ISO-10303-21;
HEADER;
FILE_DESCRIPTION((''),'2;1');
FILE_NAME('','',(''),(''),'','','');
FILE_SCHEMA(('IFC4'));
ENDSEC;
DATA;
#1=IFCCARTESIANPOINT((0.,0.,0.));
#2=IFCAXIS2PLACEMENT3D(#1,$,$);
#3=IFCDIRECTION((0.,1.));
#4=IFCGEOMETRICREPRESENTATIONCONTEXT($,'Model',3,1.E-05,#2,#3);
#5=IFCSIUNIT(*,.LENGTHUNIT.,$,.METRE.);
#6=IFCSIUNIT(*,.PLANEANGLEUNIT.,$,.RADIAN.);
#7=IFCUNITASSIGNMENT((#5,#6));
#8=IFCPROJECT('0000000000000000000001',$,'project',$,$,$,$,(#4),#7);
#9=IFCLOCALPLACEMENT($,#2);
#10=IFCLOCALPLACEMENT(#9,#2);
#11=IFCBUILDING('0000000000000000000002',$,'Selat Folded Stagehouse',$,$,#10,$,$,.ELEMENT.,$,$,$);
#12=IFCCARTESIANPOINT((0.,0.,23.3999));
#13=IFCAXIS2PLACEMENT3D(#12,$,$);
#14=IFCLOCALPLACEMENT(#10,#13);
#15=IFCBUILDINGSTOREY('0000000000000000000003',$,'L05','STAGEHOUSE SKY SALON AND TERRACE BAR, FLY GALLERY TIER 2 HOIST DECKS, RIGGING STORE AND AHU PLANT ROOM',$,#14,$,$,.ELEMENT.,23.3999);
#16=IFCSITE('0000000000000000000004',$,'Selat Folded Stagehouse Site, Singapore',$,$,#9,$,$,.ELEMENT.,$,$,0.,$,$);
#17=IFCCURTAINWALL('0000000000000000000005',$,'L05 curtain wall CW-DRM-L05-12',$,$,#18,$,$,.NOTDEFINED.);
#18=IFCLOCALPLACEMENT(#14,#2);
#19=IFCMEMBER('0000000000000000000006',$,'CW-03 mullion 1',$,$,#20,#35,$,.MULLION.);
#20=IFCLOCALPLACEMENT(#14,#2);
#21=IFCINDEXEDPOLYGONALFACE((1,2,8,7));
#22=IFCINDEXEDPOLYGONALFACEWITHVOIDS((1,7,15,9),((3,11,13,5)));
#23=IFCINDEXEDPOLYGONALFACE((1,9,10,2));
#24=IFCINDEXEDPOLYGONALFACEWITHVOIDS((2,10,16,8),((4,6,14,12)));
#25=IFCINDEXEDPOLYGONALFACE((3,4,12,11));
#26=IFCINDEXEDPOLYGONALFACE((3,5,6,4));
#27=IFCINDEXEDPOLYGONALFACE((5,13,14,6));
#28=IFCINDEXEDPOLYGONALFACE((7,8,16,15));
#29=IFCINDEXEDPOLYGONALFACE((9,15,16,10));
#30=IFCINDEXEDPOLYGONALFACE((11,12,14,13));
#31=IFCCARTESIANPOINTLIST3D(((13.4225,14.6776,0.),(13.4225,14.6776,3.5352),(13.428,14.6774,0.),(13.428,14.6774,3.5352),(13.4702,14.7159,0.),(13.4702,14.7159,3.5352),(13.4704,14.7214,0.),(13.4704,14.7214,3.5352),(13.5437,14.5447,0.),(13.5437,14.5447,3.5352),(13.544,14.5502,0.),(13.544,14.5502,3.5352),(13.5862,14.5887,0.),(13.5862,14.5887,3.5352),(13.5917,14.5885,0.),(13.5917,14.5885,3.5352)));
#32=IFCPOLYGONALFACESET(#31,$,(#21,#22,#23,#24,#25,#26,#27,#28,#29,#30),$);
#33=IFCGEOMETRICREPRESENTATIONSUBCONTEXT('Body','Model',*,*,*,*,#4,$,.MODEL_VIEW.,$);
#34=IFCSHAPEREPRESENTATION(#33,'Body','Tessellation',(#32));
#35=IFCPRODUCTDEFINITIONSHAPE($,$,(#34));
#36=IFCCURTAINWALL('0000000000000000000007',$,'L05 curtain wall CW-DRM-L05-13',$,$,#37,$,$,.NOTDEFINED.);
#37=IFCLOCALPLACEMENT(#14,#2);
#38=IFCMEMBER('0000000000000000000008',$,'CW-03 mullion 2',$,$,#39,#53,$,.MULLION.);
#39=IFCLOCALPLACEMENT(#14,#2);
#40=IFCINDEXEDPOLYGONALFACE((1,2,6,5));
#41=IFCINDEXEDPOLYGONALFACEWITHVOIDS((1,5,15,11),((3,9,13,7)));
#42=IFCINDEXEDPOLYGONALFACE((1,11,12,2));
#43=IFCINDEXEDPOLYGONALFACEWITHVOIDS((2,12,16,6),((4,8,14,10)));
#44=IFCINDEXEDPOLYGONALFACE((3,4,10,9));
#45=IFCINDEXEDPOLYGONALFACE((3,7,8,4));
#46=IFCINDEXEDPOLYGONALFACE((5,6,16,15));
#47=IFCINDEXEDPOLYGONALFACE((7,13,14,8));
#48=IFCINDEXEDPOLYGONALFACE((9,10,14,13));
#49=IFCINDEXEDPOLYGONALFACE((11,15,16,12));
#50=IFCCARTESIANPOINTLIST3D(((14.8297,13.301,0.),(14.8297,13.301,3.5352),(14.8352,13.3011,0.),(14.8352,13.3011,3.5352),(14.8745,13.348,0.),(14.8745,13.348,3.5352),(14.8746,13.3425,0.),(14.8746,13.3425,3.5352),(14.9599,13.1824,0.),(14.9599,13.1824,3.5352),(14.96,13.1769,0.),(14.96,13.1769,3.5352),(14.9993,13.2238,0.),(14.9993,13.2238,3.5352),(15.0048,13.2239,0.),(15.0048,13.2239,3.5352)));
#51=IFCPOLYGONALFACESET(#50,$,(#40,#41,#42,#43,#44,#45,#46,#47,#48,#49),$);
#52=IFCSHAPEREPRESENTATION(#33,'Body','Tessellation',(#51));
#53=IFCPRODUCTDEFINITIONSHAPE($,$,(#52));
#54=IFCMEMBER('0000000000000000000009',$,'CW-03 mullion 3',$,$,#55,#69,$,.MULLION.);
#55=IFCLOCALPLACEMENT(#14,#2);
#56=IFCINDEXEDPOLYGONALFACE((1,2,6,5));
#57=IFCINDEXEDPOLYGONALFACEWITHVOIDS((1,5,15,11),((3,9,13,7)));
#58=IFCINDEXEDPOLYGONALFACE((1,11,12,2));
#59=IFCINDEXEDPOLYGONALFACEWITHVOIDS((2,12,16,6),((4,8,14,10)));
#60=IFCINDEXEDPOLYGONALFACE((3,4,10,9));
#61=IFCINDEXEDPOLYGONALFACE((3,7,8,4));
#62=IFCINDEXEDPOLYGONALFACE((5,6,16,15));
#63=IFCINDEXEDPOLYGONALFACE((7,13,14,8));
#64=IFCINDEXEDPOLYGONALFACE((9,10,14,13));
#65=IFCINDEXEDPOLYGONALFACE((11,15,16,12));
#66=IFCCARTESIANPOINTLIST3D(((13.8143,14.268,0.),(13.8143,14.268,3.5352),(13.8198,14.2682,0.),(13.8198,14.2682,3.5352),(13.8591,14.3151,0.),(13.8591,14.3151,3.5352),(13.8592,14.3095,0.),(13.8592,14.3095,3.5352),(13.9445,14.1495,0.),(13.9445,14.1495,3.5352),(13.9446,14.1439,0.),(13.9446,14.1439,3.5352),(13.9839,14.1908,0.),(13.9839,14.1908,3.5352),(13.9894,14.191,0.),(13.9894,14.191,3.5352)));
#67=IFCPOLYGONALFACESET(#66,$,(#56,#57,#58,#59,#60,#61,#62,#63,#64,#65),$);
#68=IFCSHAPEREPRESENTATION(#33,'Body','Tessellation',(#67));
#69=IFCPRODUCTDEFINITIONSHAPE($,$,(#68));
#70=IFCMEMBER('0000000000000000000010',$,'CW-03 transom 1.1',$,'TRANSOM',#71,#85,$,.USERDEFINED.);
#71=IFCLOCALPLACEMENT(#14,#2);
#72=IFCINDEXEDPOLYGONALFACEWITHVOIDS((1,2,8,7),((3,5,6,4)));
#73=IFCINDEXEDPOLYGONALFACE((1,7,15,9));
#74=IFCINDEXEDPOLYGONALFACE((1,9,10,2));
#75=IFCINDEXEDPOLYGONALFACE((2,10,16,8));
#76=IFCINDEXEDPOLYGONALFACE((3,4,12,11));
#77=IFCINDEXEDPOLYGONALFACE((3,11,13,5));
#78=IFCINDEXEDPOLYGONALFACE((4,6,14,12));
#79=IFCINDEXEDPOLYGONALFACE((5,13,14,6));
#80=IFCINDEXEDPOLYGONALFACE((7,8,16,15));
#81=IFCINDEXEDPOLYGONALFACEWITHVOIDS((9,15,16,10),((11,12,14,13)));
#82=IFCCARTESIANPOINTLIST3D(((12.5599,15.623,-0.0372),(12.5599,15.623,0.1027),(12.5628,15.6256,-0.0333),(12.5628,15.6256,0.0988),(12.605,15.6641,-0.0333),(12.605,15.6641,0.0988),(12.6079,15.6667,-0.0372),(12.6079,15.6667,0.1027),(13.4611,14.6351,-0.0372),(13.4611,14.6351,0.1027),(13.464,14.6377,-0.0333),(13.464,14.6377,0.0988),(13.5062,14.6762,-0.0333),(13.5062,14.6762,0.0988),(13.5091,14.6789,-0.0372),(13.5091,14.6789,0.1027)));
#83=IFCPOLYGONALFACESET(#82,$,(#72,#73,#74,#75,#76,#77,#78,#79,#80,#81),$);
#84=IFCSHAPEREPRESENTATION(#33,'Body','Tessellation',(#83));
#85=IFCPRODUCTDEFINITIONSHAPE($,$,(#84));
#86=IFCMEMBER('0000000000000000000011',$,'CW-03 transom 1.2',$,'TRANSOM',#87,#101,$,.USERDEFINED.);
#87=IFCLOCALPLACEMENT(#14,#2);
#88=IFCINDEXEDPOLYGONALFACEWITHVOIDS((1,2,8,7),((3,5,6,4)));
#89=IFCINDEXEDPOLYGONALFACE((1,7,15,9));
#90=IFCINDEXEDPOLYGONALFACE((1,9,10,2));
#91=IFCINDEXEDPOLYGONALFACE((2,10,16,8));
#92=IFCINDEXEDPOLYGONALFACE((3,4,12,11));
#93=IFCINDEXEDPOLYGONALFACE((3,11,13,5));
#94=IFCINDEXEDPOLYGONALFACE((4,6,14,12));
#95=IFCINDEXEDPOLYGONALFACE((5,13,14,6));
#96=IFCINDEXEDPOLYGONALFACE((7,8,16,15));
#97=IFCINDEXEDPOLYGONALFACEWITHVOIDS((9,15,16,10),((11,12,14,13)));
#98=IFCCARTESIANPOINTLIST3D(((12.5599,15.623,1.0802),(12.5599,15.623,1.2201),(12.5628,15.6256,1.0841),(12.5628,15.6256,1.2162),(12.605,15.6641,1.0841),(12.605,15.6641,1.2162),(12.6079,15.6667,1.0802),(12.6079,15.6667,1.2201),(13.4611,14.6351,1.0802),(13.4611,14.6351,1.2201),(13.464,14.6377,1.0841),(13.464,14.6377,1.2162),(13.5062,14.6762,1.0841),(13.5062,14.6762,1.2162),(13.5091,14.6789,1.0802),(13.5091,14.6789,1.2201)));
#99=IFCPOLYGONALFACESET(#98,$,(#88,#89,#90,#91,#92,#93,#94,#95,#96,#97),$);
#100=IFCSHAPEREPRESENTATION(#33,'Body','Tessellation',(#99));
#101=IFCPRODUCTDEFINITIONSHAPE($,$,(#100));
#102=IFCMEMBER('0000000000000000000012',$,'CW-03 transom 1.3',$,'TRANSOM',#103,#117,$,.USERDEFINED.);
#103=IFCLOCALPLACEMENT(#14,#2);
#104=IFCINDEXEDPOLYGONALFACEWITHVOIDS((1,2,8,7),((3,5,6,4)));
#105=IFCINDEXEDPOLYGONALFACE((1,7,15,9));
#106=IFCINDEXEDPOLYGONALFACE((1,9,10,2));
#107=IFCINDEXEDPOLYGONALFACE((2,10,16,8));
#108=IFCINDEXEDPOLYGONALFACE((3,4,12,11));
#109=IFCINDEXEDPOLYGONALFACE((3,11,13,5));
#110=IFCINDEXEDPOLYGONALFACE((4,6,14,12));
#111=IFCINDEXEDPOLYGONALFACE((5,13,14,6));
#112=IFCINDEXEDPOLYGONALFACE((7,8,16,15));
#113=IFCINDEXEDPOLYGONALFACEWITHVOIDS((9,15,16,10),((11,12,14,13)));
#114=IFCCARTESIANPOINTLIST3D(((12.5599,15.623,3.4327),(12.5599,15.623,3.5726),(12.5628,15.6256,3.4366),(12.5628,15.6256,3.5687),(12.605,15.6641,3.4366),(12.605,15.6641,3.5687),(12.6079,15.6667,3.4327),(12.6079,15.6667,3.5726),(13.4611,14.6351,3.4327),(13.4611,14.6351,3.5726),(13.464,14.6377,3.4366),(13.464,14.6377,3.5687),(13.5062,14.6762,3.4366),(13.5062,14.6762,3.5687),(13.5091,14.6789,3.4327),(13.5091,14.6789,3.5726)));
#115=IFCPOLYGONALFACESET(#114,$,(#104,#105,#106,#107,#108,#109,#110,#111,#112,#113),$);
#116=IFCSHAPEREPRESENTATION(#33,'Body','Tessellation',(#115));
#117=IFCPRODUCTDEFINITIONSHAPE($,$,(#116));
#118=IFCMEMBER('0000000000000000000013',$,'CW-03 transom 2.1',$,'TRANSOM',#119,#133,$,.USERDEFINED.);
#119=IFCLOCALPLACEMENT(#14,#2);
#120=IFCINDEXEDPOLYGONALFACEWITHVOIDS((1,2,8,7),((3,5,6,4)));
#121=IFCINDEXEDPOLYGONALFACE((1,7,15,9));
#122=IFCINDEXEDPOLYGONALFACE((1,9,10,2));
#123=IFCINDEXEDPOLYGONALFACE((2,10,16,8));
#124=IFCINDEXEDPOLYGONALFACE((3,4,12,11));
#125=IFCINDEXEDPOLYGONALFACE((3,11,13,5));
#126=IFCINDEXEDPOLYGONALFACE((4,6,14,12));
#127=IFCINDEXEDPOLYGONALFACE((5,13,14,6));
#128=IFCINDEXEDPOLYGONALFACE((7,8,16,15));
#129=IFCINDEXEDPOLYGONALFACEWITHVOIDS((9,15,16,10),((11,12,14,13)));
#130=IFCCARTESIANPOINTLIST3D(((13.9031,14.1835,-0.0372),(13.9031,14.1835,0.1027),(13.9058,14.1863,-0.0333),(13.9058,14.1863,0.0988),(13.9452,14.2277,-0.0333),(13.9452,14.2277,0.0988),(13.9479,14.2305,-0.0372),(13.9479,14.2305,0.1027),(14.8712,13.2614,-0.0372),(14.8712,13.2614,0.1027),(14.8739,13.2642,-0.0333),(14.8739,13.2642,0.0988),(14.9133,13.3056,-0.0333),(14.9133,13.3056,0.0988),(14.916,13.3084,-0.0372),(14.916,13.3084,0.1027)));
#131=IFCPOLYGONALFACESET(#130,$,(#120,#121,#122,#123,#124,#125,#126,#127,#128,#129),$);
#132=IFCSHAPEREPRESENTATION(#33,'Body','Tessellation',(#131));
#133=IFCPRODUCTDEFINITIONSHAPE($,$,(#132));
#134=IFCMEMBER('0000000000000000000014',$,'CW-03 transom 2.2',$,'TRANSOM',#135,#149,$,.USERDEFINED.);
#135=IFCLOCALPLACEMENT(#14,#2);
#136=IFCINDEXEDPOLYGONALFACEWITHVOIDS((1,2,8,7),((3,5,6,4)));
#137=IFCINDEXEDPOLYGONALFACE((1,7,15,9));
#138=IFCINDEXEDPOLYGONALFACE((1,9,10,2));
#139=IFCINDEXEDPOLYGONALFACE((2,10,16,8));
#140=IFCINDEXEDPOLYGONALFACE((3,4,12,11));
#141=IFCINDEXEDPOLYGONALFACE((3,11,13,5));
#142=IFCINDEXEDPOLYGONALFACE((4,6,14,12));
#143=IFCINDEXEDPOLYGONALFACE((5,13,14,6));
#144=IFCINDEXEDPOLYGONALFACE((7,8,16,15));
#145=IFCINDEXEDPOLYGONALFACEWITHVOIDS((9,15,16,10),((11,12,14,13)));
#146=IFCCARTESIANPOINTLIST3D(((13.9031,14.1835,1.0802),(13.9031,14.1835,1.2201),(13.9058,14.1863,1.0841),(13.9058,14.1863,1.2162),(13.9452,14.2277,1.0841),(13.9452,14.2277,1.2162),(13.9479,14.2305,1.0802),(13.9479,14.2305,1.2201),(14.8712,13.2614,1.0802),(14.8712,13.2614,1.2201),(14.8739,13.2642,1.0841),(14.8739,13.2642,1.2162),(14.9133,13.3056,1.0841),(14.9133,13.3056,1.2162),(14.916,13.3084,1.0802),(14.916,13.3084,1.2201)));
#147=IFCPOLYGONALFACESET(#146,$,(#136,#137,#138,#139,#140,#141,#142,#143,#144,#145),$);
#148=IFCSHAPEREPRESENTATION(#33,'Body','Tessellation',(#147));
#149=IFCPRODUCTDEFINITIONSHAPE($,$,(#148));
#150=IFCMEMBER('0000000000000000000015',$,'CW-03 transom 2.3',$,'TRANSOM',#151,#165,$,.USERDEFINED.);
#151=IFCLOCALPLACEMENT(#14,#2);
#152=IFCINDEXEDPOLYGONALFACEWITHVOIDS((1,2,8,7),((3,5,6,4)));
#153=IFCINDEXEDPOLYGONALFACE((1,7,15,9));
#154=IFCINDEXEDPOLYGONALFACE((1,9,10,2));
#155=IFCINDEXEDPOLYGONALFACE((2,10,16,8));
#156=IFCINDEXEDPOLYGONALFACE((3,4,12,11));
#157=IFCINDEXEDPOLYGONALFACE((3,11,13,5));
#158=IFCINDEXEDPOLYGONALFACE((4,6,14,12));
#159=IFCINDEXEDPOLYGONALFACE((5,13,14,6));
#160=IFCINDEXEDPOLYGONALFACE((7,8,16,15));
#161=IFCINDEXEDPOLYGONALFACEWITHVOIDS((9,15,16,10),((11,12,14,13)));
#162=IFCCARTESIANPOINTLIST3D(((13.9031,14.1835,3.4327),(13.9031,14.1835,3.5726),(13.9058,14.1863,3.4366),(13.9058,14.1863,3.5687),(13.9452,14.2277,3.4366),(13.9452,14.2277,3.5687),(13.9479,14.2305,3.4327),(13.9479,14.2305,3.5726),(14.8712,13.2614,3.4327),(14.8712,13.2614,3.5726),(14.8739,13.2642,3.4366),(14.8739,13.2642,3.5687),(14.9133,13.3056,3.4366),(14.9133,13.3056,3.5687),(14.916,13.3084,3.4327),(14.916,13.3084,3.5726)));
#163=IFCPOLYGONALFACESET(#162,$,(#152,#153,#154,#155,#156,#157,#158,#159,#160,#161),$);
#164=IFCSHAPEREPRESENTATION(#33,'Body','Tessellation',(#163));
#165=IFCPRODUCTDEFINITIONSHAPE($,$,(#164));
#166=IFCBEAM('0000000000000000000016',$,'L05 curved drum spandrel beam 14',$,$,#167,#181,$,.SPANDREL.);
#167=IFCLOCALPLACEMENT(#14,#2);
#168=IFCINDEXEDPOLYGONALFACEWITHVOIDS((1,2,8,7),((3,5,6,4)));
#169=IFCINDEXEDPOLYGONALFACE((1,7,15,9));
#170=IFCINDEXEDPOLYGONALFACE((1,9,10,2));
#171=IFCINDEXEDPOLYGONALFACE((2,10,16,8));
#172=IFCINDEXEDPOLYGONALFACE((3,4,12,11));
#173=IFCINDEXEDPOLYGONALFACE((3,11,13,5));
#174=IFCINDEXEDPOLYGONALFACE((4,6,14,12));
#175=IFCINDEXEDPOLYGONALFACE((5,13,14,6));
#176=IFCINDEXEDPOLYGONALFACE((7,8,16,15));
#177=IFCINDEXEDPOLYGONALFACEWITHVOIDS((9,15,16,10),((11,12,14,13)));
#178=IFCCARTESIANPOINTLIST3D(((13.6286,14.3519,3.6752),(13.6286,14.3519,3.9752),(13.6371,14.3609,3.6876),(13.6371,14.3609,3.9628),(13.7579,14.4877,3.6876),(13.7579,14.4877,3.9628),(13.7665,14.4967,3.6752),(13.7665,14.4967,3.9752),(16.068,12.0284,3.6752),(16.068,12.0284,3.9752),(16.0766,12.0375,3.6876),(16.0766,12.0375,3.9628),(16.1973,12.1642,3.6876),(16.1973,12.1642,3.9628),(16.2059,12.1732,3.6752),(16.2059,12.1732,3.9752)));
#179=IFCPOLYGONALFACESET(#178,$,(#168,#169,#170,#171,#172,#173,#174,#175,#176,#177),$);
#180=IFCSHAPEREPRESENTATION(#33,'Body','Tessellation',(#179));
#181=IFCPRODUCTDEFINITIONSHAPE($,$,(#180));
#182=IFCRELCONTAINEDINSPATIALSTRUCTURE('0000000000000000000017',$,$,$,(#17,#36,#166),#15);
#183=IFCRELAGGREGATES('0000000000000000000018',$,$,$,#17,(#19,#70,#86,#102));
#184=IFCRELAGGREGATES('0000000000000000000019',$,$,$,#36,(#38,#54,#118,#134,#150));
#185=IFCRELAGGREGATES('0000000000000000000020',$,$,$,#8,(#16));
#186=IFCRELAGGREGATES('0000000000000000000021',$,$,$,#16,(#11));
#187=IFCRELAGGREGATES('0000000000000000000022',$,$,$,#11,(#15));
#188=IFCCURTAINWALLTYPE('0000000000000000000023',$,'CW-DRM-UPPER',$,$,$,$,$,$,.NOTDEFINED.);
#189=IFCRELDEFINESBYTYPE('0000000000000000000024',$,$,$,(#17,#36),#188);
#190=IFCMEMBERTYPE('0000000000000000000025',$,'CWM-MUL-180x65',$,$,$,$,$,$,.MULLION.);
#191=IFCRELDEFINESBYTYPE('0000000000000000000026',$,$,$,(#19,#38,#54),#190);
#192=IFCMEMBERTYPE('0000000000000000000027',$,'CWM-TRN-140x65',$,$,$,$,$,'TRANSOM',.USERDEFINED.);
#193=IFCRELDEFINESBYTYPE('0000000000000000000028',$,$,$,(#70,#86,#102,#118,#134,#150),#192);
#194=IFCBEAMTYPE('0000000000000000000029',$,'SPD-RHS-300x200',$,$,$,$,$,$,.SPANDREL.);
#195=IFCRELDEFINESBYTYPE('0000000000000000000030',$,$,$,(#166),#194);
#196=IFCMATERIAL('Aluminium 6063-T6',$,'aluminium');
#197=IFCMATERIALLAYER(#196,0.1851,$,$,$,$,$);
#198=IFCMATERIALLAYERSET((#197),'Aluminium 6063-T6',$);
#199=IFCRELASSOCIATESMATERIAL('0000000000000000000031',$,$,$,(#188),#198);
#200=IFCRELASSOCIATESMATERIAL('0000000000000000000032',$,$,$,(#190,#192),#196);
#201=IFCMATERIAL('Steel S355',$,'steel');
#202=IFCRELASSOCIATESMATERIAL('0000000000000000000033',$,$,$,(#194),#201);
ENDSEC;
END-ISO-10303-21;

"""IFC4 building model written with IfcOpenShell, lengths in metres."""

from ifc_helpers import new_model, si_unit, direction, frame, origin, origin_2d, place, context, subcontext, project, spatial, hollow_rectangle, extrude, material, layer, layer_set, material_profile, profile_set, type_object, element, aggregate, save


model = new_model("IFC4")

# Units and contexts
model_context = context("Model", 3, precision=1e-05, world=origin(), true_north=direction((0.0, 1.0)))
body_context = subcontext(model_context, "Body", "Model", "MODEL_VIEW")
ifc_project = project(units=[si_unit("LENGTHUNIT", "METRE"), si_unit("PLANEANGLEUNIT", "RADIAN")], contexts=[model_context])

# Site, building, storey
site_placement = place(None, origin())
site = spatial("IfcSite", under=ifc_project, at=site_placement, Name="Selat Folded Stagehouse Site, Singapore", CompositionType="ELEMENT", RefElevation=0.0)
building_placement = place(site_placement, origin())
building = spatial("IfcBuilding", under=site, at=building_placement, Name="Selat Folded Stagehouse", CompositionType="ELEMENT")
storey_placement = place(building_placement, frame((0.0, 0.0, 23.3999)))
storey = spatial("IfcBuildingStorey", under=building, at=storey_placement, Name="L05", Description="STAGEHOUSE SKY SALON AND TERRACE BAR, FLY GALLERY TIER 2 HOIST DECKS, RIGGING STORE AND AHU PLANT ROOM", CompositionType="ELEMENT", Elevation=23.3999)

# Shared definitions
ifc_material_1 = material(Name="Steel S355", Category="steel")

# Curtain wall, member
ifc_material_2 = material(Name="Aluminium 6063-T6", Category="aluminium")
ifc_layer_1 = layer(ifc_material_2, 0.1851)
ifc_layer_set_1 = layer_set([ifc_layer_1], Name="Aluminium 6063-T6")
curtain_wall_type = type_object("IfcCurtainWallType", Name="CW-DRM-UPPER", PredefinedType="NOTDEFINED", material=ifc_layer_set_1)
curtain_wall_1_placement = place(storey_placement, origin())
curtain_wall_1 = element("IfcCurtainWall", 1, at=curtain_wall_1_placement, inside=storey, type_object=curtain_wall_type, Name="L05 curtain wall CW-DRM-L05-12", PredefinedType="NOTDEFINED")
ifc_material_profile_1 = material_profile(ifc_material_2, hollow_rectangle(XDim=0.0649, YDim=0.1799, WallThickness=0.0039, at=origin_2d()), Name="ALU 180x65x4.0")
ifc_profile_set_1 = profile_set([ifc_material_profile_1], Name="Aluminium 6063-T6")
member_type_1 = type_object("IfcMemberType", Name="CWM-MUL-180x65", PredefinedType="MULLION", material=ifc_profile_set_1)
member_1_placement = place(storey_placement, frame((13.5071, 14.6331, 0.0), z_axis=(0.0, 0.0, 1.0), x_axis=(-0.738729, -0.674002, 0.0)))
member_1 = element("IfcMember", 2, at=member_1_placement, type_object=member_type_1, Name="CW-03 mullion 1", PredefinedType="MULLION", context=body_context, shape_type="SweptSolid", body=[
    extrude(hollow_rectangle(XDim=0.0649, YDim=0.1799, WallThickness=0.0039, at=origin_2d()), origin(), (0.0, 0.0, 1.0), 3.5352),
])

# Curtain wall, members
curtain_wall_2_placement = place(storey_placement, origin())
curtain_wall_2 = element("IfcCurtainWall", 3, at=curtain_wall_2_placement, inside=storey, type_object=curtain_wall_type, Name="L05 curtain wall CW-DRM-L05-13", PredefinedType="NOTDEFINED")
member_2_placement = place(storey_placement, frame((14.9172, 13.2625, 0.0), z_axis=(0.0, 0.0, 1.0), x_axis=(-0.689661, -0.724132, 0.0)))
member_2 = element("IfcMember", 4, at=member_2_placement, type_object=member_type_1, Name="CW-03 mullion 2", PredefinedType="MULLION", context=body_context, shape_type="SweptSolid", body=[
    extrude(hollow_rectangle(XDim=0.0649, YDim=0.1799, WallThickness=0.0039, at=origin_2d()), origin(), (0.0, 0.0, 1.0), 3.5352),
])
member_3_placement = place(storey_placement, frame((13.9019, 14.2295, 0.0), z_axis=(0.0, 0.0, 1.0), x_axis=(-0.689661, -0.724132, 0.0)))
member_3 = element("IfcMember", 5, at=member_3_placement, type_object=member_type_1, Name="CW-03 mullion 3", PredefinedType="MULLION", context=body_context, shape_type="SweptSolid", body=[
    extrude(hollow_rectangle(XDim=0.0649, YDim=0.1799, WallThickness=0.0039, at=origin_2d()), origin(), (0.0, 0.0, 1.0), 3.5352),
])

# Members
ifc_material_profile_2 = material_profile(ifc_material_2, hollow_rectangle(XDim=0.0649, YDim=0.1399, WallThickness=0.0039, at=origin_2d()), Name="ALU 140x65x4.0")
ifc_profile_set_2 = profile_set([ifc_material_profile_2], Name="Aluminium 6063-T6")
member_type_2 = type_object("IfcMemberType", Name="CWM-TRN-140x65", ElementType="TRANSOM", PredefinedType="USERDEFINED", material=ifc_profile_set_2)
member_4_placement = place(storey_placement, frame((13.4851, 14.657, 0.0327), z_axis=(-0.673953, 0.738774, 0.0), x_axis=(-0.738774, -0.673953, 0.0)))
member_4 = element("IfcMember", 6, at=member_4_placement, type_object=member_type_2, Name="CW-03 transom 1.1", ObjectType="TRANSOM", PredefinedType="USERDEFINED", context=body_context, shape_type="SweptSolid", body=[
    extrude(hollow_rectangle(XDim=0.0649, YDim=0.1399, WallThickness=0.0039, at=origin_2d()), origin(), (0.0, 0.0, 1.0), 1.3372),
])
member_5_placement = place(storey_placement, frame((13.4851, 14.657, 1.1501), z_axis=(-0.673953, 0.738774, 0.0), x_axis=(-0.738774, -0.673953, 0.0)))
member_5 = element("IfcMember", 7, at=member_5_placement, type_object=member_type_2, Name="CW-03 transom 1.2", ObjectType="TRANSOM", PredefinedType="USERDEFINED", context=body_context, shape_type="SweptSolid", body=[
    extrude(hollow_rectangle(XDim=0.0649, YDim=0.1399, WallThickness=0.0039, at=origin_2d()), origin(), (0.0, 0.0, 1.0), 1.3372),
])
member_6_placement = place(storey_placement, frame((13.4851, 14.657, 3.5027), z_axis=(-0.673953, 0.738774, 0.0), x_axis=(-0.738774, -0.673953, 0.0)))
member_6 = element("IfcMember", 8, at=member_6_placement, type_object=member_type_2, Name="CW-03 transom 1.3", ObjectType="TRANSOM", PredefinedType="USERDEFINED", context=body_context, shape_type="SweptSolid", body=[
    extrude(hollow_rectangle(XDim=0.0649, YDim=0.1399, WallThickness=0.0039, at=origin_2d()), origin(), (0.0, 0.0, 1.0), 1.3372),
])
aggregate(curtain_wall_1, [member_1, member_4, member_5, member_6])
member_7_placement = place(storey_placement, frame((14.8936, 13.2849, 0.0327), z_axis=(-0.724064, 0.689733, 0.0), x_axis=(-0.689733, -0.724064, 0.0)))
member_7 = element("IfcMember", 9, at=member_7_placement, type_object=member_type_2, Name="CW-03 transom 2.1", ObjectType="TRANSOM", PredefinedType="USERDEFINED", context=body_context, shape_type="SweptSolid", body=[
    extrude(hollow_rectangle(XDim=0.0649, YDim=0.1399, WallThickness=0.0039, at=origin_2d()), origin(), (0.0, 0.0, 1.0), 1.3369),
])
member_8_placement = place(storey_placement, frame((14.8936, 13.2849, 1.1501), z_axis=(-0.724064, 0.689733, 0.0), x_axis=(-0.689733, -0.724064, 0.0)))
member_8 = element("IfcMember", 10, at=member_8_placement, type_object=member_type_2, Name="CW-03 transom 2.2", ObjectType="TRANSOM", PredefinedType="USERDEFINED", context=body_context, shape_type="SweptSolid", body=[
    extrude(hollow_rectangle(XDim=0.0649, YDim=0.1399, WallThickness=0.0039, at=origin_2d()), origin(), (0.0, 0.0, 1.0), 1.3369),
])
member_9_placement = place(storey_placement, frame((14.8936, 13.2849, 3.5027), z_axis=(-0.724064, 0.689733, 0.0), x_axis=(-0.689733, -0.724064, 0.0)))
member_9 = element("IfcMember", 11, at=member_9_placement, type_object=member_type_2, Name="CW-03 transom 2.3", ObjectType="TRANSOM", PredefinedType="USERDEFINED", context=body_context, shape_type="SweptSolid", body=[
    extrude(hollow_rectangle(XDim=0.0649, YDim=0.1399, WallThickness=0.0039, at=origin_2d()), origin(), (0.0, 0.0, 1.0), 1.3369),
])

# Beam
ifc_material_profile_3 = material_profile(ifc_material_1, hollow_rectangle(XDim=0.2, YDim=0.3, WallThickness=0.0125, at=origin_2d()), Name="RHS 300x200x12.5")
ifc_profile_set_3 = profile_set([ifc_material_profile_3], Name="Steel S355")
beam_type_1 = type_object("IfcBeamType", Name="SPD-RHS-300x200", PredefinedType="SPANDREL", material=ifc_profile_set_3)
beam_1_placement = place(storey_placement, frame((13.6975, 14.4243, 3.8252), z_axis=(0.724109, -0.689686, 0.0), x_axis=(0.689686, 0.724109, 0.0)))
element("IfcBeam", 12, at=beam_1_placement, inside=storey, type_object=beam_type_1, Name="L05 curved drum spandrel beam 14", PredefinedType="SPANDREL", context=body_context, shape_type="SweptSolid", body=[
    extrude(hollow_rectangle(XDim=0.2, YDim=0.3, WallThickness=0.0125, at=origin_2d()), origin(), (0.0, 0.0, 1.0), 3.3689),
])

aggregate(curtain_wall_2, [member_2, member_3, member_7, member_8, member_9])

save(model, "model.ifc")
